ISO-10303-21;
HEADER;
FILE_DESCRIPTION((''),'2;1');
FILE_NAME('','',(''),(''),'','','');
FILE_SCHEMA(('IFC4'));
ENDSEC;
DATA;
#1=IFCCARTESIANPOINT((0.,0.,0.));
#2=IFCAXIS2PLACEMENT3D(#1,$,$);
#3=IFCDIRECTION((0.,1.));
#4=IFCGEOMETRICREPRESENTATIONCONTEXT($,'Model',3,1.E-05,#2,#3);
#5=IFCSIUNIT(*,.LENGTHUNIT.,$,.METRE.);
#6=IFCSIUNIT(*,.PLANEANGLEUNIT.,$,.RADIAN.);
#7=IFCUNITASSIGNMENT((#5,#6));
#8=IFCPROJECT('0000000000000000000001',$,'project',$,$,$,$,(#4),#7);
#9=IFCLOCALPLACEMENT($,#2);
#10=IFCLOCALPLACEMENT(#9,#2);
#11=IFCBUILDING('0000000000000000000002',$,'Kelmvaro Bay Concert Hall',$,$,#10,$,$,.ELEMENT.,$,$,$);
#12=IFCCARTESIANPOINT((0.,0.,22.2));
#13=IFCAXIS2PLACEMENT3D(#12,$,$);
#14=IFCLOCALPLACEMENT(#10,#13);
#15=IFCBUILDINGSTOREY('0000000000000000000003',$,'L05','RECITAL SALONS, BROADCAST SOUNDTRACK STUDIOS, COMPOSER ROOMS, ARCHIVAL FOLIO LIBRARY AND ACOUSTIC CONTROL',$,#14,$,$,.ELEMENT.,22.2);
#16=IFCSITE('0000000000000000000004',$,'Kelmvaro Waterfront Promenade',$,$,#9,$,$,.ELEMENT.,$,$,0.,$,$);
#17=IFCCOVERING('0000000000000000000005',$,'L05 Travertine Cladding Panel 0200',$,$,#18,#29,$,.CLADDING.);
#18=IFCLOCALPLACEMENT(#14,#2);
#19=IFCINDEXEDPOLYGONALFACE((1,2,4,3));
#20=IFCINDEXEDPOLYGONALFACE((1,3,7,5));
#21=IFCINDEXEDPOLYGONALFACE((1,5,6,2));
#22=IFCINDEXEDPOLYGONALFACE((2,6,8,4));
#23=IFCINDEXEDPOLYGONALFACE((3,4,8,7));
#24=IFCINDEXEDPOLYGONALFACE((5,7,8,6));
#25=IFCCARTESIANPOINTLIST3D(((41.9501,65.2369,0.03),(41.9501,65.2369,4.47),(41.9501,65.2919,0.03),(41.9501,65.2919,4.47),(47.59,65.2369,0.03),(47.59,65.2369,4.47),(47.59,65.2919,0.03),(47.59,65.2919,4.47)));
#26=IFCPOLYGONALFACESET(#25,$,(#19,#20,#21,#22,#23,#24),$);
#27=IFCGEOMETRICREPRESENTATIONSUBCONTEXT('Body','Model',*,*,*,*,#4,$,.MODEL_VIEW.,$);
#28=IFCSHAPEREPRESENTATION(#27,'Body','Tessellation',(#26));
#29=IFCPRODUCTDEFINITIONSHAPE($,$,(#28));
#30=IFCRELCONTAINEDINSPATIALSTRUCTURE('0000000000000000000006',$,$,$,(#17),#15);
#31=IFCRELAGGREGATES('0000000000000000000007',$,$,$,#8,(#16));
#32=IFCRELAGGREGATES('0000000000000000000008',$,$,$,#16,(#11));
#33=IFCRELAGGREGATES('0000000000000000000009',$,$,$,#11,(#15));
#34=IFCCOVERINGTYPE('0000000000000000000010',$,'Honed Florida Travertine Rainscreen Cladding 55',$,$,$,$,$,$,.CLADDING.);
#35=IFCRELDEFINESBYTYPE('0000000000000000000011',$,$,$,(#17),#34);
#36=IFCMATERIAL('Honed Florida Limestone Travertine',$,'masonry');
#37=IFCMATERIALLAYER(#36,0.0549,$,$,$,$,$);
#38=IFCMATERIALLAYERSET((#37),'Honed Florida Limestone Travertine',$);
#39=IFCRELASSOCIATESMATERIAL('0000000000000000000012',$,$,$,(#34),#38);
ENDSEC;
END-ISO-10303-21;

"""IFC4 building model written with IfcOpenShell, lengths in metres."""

from ifc_helpers import new_model, si_unit, direction, frame, origin, origin_2d, place, context, subcontext, project, spatial, rectangle, extrude, material, layer, layer_set, type_object, element, save


model = new_model("IFC4")

# Units and contexts
model_context = context("Model", 3, precision=1e-05, world=origin(), true_north=direction((0.0, 1.0)))
body_context = subcontext(model_context, "Body", "Model", "MODEL_VIEW")
ifc_project = project(units=[si_unit("LENGTHUNIT", "METRE"), si_unit("PLANEANGLEUNIT", "RADIAN")], contexts=[model_context])

# Site, building, storey
site_placement = place(None, origin())
site = spatial("IfcSite", under=ifc_project, at=site_placement, Name="Kelmvaro Waterfront Promenade", CompositionType="ELEMENT", RefElevation=0.0)
building_placement = place(site_placement, origin())
building = spatial("IfcBuilding", under=site, at=building_placement, Name="Kelmvaro Bay Concert Hall", CompositionType="ELEMENT")
storey_placement = place(building_placement, frame((0.0, 0.0, 22.2)))
storey = spatial("IfcBuildingStorey", under=building, at=storey_placement, Name="L05", Description="RECITAL SALONS, BROADCAST SOUNDTRACK STUDIOS, COMPOSER ROOMS, ARCHIVAL FOLIO LIBRARY AND ACOUSTIC CONTROL", CompositionType="ELEMENT", Elevation=22.2)

# Covering
ifc_material_1 = material(Name="Honed Florida Limestone Travertine", Category="masonry")
ifc_layer_1 = layer(ifc_material_1, 0.0549)
ifc_layer_set_1 = layer_set([ifc_layer_1], Name="Honed Florida Limestone Travertine")
covering_type = type_object("IfcCoveringType", Name="Honed Florida Travertine Rainscreen Cladding 55", PredefinedType="CLADDING", material=ifc_layer_set_1)
for number, where, z_axis, x_axis, name in (
    (1, (44.77, 65.2644, 0.03), (0.0, 0.0, 1.0), (-1.0, 0.0, 0.0), "L05 Travertine Cladding Panel 0200"),
):
    element("IfcCovering", number, at=place(storey_placement, frame(where, z_axis=z_axis, x_axis=x_axis)), inside=storey, type_object=covering_type, Name=name, PredefinedType="CLADDING", context=body_context, shape_type="SweptSolid", body=[
        extrude(rectangle(XDim=5.6399, YDim=0.0549, at=origin_2d()), origin(), (0.0, 0.0, 1.0), 4.4399),
    ])

save(model, "model.ifc")
